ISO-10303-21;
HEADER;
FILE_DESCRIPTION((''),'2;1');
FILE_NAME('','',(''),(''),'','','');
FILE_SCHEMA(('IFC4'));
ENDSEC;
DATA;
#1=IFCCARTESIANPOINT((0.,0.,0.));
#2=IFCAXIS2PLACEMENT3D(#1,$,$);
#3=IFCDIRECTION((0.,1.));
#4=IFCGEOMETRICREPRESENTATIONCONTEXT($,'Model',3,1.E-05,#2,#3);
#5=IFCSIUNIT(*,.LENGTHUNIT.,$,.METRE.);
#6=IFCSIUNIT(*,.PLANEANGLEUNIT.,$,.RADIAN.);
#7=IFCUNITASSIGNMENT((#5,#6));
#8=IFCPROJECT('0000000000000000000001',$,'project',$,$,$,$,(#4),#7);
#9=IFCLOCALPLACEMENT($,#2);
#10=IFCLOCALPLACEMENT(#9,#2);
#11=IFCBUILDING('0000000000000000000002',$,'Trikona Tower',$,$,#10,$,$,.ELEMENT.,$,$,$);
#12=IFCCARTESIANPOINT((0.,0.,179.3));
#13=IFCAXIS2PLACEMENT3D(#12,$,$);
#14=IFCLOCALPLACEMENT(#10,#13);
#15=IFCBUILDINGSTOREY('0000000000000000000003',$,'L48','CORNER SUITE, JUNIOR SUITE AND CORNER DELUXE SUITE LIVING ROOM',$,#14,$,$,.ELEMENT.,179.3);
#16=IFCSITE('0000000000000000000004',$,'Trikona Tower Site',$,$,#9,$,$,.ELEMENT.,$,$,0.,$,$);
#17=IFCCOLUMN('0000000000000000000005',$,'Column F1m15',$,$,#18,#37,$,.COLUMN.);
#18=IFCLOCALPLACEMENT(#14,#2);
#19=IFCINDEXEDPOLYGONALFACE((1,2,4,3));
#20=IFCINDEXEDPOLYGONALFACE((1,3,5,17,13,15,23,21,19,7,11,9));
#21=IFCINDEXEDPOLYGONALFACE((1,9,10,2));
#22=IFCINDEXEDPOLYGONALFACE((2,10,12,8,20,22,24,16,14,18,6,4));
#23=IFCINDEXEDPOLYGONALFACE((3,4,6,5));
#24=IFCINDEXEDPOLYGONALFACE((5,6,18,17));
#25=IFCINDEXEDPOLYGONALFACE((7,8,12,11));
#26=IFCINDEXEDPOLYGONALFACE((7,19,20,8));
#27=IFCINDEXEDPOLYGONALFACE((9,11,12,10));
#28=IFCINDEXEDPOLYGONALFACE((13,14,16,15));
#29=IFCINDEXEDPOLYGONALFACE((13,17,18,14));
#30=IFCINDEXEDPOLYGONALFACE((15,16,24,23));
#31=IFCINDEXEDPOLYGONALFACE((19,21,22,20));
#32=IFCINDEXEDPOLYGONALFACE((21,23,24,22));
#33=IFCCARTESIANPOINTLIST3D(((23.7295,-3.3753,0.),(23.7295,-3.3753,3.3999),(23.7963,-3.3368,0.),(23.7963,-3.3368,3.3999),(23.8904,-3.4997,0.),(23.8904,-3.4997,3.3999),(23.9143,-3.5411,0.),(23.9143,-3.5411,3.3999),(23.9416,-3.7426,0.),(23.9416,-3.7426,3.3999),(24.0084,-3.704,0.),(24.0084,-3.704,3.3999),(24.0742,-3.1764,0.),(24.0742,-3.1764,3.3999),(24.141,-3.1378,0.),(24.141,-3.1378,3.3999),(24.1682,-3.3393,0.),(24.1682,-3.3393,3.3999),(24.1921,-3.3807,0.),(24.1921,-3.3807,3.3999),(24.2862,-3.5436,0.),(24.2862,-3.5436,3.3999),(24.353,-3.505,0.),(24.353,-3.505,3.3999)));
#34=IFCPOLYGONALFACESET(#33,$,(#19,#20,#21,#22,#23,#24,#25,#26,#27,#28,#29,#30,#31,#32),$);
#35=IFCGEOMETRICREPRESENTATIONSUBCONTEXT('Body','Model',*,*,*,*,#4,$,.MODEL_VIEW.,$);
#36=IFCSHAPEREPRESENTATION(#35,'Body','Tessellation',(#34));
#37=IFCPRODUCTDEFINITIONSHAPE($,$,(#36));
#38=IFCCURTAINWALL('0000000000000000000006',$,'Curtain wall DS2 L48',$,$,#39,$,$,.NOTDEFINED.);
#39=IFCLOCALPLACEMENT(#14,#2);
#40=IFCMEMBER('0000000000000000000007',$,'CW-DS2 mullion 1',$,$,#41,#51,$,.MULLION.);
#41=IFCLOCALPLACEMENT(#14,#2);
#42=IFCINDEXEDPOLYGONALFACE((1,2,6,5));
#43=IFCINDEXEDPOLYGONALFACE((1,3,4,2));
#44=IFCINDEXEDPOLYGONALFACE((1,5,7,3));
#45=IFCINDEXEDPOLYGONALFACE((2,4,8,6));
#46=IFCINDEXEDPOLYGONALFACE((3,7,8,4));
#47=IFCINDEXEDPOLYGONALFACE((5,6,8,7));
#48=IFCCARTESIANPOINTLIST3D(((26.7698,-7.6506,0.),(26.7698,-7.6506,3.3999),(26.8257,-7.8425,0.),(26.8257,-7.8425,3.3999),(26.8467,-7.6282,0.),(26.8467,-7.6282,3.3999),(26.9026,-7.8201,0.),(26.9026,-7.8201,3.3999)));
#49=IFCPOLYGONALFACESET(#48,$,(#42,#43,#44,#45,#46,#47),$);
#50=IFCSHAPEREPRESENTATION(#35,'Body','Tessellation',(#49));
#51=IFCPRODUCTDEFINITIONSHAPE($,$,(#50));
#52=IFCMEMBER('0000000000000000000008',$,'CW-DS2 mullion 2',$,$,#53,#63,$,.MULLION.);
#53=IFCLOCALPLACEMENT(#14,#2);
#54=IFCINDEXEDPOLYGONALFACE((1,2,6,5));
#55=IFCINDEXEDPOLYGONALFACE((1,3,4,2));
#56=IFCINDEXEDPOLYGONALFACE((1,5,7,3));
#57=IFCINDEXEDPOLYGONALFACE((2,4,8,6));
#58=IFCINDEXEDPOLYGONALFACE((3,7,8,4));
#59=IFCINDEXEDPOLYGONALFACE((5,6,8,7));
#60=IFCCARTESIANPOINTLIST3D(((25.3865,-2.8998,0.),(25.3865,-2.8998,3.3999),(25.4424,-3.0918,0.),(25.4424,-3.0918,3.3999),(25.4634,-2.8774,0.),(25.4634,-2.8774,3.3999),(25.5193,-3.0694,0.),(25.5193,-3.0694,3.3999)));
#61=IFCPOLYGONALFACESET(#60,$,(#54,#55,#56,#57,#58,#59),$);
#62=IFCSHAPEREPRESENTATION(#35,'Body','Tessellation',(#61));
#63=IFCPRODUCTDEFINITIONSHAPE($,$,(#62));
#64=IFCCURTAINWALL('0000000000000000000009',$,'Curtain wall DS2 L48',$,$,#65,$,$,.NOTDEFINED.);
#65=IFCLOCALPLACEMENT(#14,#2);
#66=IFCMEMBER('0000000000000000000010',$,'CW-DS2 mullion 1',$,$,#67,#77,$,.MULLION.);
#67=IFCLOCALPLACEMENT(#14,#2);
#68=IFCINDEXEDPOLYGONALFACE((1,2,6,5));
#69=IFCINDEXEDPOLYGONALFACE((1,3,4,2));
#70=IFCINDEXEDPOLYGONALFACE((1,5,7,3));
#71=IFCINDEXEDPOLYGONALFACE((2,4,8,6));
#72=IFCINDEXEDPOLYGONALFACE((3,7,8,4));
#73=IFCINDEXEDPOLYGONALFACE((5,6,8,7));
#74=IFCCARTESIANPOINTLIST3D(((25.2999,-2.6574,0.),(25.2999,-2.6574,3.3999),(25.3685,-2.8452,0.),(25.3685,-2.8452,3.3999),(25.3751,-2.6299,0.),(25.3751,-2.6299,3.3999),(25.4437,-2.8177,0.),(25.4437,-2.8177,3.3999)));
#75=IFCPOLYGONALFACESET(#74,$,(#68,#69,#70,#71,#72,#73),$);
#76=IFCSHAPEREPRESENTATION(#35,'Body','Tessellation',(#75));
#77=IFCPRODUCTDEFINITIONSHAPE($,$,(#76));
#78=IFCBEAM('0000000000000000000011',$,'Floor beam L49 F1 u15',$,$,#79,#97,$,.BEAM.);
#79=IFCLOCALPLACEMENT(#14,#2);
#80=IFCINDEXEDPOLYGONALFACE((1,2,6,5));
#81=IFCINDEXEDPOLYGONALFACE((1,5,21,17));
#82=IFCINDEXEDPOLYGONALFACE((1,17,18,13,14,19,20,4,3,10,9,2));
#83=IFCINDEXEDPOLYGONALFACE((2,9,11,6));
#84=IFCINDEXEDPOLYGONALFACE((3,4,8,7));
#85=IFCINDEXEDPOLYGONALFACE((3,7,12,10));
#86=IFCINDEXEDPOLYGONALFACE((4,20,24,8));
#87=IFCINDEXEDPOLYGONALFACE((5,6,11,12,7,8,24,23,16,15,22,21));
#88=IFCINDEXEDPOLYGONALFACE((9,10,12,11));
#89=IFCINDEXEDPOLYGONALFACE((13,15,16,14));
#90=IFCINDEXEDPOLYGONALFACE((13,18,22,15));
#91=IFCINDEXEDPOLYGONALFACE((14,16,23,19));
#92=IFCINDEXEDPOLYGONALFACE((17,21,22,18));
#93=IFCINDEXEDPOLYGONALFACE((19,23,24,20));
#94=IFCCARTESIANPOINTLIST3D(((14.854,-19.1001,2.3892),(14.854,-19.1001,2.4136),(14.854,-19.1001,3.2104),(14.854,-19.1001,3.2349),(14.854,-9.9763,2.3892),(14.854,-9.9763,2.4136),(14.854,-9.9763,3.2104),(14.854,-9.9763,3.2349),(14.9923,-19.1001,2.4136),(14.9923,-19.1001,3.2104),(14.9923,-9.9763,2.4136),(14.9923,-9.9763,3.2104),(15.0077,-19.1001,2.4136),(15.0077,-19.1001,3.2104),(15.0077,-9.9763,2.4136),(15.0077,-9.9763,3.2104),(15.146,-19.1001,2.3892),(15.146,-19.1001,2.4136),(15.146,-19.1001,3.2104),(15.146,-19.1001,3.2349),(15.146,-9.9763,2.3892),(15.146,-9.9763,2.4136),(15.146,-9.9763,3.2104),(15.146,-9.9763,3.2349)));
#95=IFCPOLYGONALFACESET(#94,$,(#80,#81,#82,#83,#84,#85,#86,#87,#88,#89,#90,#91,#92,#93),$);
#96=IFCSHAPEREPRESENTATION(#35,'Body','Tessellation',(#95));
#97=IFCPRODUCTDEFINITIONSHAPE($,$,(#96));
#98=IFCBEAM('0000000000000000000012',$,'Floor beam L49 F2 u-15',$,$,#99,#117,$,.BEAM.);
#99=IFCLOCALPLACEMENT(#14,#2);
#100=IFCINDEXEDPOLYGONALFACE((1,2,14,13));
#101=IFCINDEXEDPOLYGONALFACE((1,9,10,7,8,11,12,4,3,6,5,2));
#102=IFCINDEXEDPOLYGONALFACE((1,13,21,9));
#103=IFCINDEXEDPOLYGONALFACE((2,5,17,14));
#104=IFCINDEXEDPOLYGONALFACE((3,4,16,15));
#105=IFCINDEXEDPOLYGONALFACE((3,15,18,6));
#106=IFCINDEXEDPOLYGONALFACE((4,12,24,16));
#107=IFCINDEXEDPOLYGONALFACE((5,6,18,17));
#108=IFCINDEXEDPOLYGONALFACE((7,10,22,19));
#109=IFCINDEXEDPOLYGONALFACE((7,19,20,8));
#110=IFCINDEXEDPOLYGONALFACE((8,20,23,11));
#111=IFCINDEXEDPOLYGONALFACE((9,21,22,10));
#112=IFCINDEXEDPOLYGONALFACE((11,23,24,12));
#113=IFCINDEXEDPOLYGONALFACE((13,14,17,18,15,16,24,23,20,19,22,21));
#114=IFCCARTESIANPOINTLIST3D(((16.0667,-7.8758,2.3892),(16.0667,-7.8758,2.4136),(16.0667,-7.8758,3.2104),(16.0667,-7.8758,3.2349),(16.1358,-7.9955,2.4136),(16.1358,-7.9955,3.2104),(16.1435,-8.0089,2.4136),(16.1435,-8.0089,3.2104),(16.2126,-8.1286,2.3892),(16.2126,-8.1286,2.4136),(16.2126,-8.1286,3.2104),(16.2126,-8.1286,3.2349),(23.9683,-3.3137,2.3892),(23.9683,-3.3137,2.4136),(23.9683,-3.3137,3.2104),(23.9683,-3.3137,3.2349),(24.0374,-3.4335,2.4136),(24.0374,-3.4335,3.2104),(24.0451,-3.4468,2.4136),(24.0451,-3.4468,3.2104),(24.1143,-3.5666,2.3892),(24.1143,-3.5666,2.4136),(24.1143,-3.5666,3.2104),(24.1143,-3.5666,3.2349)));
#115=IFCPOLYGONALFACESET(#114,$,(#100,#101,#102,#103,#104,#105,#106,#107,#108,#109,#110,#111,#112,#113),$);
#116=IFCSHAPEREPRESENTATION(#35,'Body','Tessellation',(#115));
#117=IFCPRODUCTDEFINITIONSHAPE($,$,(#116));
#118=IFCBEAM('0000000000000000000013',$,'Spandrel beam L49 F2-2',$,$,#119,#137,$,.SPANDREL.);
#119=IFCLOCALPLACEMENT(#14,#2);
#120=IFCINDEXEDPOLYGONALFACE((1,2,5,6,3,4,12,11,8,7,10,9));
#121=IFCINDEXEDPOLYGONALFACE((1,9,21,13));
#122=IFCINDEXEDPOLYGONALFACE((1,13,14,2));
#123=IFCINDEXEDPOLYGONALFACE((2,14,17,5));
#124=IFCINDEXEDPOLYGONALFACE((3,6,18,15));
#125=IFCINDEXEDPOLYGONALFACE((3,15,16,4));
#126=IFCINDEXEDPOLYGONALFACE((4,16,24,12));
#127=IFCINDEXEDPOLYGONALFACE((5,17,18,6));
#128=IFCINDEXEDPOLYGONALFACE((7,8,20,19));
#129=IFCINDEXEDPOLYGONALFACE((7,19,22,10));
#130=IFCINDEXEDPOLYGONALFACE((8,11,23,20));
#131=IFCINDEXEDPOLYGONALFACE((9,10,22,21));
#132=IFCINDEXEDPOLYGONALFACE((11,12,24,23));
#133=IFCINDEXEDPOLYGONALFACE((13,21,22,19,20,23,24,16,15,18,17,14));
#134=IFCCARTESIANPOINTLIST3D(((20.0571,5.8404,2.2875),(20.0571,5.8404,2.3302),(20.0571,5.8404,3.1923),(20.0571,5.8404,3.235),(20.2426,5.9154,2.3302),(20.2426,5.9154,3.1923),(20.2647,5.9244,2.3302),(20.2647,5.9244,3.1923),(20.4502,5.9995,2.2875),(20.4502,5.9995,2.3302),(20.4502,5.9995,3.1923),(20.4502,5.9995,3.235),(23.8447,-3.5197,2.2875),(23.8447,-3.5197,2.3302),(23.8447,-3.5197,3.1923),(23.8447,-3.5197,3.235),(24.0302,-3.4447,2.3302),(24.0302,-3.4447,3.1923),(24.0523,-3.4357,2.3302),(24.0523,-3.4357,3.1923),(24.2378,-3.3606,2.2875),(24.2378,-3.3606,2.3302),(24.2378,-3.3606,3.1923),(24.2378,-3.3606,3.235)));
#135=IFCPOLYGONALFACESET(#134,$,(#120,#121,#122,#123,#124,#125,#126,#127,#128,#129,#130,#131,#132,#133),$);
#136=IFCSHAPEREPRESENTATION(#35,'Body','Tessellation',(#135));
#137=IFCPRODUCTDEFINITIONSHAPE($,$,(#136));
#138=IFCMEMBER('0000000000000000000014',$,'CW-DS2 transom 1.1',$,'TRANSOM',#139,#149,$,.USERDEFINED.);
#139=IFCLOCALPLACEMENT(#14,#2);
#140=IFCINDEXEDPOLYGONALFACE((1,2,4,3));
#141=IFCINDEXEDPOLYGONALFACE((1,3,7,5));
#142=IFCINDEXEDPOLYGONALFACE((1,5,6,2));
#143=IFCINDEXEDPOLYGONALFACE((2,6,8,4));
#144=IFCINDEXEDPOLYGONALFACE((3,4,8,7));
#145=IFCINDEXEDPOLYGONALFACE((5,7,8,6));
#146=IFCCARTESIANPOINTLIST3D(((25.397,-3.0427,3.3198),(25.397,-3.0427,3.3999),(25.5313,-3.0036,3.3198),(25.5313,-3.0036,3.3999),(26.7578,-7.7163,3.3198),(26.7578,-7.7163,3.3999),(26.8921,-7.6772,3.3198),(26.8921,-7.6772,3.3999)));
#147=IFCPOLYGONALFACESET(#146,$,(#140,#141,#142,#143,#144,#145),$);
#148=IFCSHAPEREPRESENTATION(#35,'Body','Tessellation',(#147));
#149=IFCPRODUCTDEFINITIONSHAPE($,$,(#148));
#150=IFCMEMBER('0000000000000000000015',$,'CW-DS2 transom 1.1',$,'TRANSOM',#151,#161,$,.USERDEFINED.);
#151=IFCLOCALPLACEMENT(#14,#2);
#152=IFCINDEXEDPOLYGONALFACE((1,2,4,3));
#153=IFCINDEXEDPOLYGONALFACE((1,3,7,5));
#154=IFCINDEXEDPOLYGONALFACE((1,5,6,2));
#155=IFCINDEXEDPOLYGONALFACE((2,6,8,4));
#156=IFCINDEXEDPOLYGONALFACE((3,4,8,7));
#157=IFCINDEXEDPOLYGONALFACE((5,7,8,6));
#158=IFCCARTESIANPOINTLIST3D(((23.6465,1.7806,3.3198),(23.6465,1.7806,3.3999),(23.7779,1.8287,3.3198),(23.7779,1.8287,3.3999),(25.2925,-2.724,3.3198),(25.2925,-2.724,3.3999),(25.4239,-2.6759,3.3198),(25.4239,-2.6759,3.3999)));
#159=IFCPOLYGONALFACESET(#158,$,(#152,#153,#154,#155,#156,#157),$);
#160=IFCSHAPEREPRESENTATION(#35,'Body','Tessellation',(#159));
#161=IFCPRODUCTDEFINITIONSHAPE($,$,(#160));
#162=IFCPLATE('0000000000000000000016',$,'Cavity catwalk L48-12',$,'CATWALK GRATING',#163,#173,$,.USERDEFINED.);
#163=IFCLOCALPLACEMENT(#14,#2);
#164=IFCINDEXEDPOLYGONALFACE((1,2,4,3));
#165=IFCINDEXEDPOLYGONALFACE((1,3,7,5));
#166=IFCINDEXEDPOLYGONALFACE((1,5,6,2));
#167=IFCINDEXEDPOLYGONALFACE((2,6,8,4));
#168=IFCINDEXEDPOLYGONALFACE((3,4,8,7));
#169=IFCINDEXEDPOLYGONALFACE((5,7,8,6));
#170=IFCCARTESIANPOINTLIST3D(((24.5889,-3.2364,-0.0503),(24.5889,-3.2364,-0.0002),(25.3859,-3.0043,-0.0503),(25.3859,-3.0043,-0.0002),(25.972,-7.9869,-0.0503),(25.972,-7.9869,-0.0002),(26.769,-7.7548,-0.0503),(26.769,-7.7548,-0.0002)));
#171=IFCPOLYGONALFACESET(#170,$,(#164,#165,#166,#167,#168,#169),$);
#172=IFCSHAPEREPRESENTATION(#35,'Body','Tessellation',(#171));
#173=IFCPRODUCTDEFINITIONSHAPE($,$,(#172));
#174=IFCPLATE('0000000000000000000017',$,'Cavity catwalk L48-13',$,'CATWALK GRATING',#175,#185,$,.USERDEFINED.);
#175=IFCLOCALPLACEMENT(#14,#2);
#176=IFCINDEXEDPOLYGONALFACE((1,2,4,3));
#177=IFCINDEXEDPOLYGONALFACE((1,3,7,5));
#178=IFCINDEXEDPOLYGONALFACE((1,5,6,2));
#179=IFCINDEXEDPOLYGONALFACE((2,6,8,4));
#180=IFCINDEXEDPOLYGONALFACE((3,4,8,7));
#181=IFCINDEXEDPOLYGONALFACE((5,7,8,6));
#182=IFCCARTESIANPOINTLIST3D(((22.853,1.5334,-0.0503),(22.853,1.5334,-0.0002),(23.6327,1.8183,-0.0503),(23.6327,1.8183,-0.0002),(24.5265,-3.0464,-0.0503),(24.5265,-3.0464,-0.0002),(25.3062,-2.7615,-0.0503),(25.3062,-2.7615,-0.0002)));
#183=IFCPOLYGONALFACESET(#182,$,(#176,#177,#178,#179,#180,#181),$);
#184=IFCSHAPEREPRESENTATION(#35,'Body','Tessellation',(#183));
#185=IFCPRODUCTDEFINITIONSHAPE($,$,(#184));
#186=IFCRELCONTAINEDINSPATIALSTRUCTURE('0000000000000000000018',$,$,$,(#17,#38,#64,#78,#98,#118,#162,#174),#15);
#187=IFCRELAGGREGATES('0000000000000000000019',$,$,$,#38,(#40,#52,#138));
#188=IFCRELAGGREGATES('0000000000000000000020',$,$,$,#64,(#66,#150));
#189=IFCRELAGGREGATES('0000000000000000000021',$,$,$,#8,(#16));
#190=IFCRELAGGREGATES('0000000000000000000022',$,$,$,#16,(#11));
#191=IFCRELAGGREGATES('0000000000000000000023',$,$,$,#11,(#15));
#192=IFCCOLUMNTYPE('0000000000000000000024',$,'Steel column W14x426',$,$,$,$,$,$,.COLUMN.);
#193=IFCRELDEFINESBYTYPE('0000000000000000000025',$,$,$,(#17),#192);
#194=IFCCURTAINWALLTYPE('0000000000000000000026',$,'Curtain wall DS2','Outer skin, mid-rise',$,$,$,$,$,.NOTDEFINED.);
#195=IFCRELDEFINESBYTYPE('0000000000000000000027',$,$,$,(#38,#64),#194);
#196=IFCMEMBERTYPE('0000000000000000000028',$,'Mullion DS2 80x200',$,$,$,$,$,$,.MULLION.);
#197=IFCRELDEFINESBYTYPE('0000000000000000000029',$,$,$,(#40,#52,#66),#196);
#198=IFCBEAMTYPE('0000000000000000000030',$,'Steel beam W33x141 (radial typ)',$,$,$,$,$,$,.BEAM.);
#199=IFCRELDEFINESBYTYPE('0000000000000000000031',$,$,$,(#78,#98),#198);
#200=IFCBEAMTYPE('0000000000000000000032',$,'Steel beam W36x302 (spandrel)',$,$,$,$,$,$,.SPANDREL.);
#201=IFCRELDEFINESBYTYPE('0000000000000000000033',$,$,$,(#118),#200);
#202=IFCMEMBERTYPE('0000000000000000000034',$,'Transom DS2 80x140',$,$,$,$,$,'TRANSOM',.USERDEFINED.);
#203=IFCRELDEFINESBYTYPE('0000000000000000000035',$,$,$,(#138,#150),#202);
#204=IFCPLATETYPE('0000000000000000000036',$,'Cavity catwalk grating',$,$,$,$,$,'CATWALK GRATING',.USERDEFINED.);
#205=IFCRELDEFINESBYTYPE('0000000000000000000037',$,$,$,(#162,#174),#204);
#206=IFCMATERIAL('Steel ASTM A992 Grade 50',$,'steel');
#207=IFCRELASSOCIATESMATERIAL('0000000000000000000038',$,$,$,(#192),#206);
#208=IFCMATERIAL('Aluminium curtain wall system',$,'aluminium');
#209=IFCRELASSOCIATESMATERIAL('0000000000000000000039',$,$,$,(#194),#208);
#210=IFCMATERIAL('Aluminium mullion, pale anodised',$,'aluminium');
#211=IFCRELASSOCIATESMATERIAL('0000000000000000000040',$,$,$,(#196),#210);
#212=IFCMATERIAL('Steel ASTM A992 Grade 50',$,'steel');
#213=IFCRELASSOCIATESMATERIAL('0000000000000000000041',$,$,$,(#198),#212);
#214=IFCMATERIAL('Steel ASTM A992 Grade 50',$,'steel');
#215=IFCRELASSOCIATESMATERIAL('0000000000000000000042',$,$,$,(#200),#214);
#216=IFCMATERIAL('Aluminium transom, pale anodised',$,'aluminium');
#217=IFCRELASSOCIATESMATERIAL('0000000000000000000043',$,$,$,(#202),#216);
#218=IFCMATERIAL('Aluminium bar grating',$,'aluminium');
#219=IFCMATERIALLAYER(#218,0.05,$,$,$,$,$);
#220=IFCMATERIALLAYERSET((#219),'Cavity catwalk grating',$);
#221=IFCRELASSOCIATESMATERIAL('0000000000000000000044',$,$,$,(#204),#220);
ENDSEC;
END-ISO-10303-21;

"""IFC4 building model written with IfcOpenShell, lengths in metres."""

from ifc_helpers import new_model, si_unit, direction, frame, origin, origin_2d, place, context, subcontext, project, spatial, rectangle, i_section, extrude, material, layer, layer_set, material_profile, profile_set, type_object, element, aggregate, save


model = new_model("IFC4")

# Units and contexts
model_context = context("Model", 3, precision=1e-05, world=origin(), true_north=direction((0.0, 1.0)))
body_context = subcontext(model_context, "Body", "Model", "MODEL_VIEW")
ifc_project = project(units=[si_unit("LENGTHUNIT", "METRE"), si_unit("PLANEANGLEUNIT", "RADIAN")], contexts=[model_context])

# Site, building, storey
site_placement = place(None, origin())
site = spatial("IfcSite", under=ifc_project, at=site_placement, Name="Trikona Tower Site", CompositionType="ELEMENT", RefElevation=0.0)
building_placement = place(site_placement, origin())
building = spatial("IfcBuilding", under=site, at=building_placement, Name="Trikona Tower", CompositionType="ELEMENT")
storey_placement = place(building_placement, frame((0.0, 0.0, 179.3)))
storey = spatial("IfcBuildingStorey", under=building, at=storey_placement, Name="L48", Description="CORNER SUITE, JUNIOR SUITE AND CORNER DELUXE SUITE LIVING ROOM", CompositionType="ELEMENT", Elevation=179.3)

# Column
ifc_material_1 = material(Name="Steel ASTM A992 Grade 50", Category="steel")
ifc_material_profile_1 = material_profile(ifc_material_1, i_section(OverallWidth=0.4241, OverallDepth=0.4751, WebThickness=0.0479, FlangeThickness=0.0771, at=origin_2d()), Name="W14X426")
ifc_profile_set_1 = profile_set([ifc_material_profile_1], Name="Steel ASTM A992 Grade 50")
column_type = type_object("IfcColumnType", Name="Steel column W14x426", PredefinedType="COLUMN", material=ifc_profile_set_1)
column_placement = place(storey_placement, frame((24.0413, -3.4402, 0.0), z_axis=(0.0, 0.0, 1.0), x_axis=(-0.5, 0.866025, 0.0)))
element("IfcColumn", 1, at=column_placement, inside=storey, type_object=column_type, Name="Column F1m15", PredefinedType="COLUMN", context=body_context, shape_type="SweptSolid", body=[
    extrude(i_section(OverallWidth=0.4241, OverallDepth=0.4751, WebThickness=0.0479, FlangeThickness=0.0771, at=origin_2d()), origin(), (0.0, 0.0, 1.0), 3.3999),
])

# Curtain wall, members
ifc_material_2 = material(Name="Aluminium curtain wall system", Category="aluminium")
curtain_wall_type = type_object("IfcCurtainWallType", Name="Curtain wall DS2", Description="Outer skin, mid-rise", PredefinedType="NOTDEFINED", material=ifc_material_2)
curtain_wall_1_placement = place(storey_placement, origin())
curtain_wall_1 = element("IfcCurtainWall", 2, at=curtain_wall_1_placement, inside=storey, type_object=curtain_wall_type, Name="Curtain wall DS2 L48", PredefinedType="NOTDEFINED")
ifc_material_3 = material(Name="Aluminium mullion, pale anodised", Category="aluminium")
ifc_material_profile_2 = material_profile(ifc_material_3, rectangle(XDim=0.0801, YDim=0.2, at=origin_2d()), Name="MUL-DS2")
ifc_profile_set_2 = profile_set([ifc_material_profile_2], Name="Aluminium mullion, pale anodised")
member_type_1 = type_object("IfcMemberType", Name="Mullion DS2 80x200", PredefinedType="MULLION", material=ifc_profile_set_2)
member_1_placement = place(storey_placement, frame((26.8362, -7.7354, 0.0), z_axis=(0.0, 0.0, 1.0), x_axis=(-0.960133, -0.279543, 0.0)))
member_1 = element("IfcMember", 3, at=member_1_placement, type_object=member_type_1, Name="CW-DS2 mullion 1", PredefinedType="MULLION", context=body_context, shape_type="SweptSolid", body=[
    extrude(rectangle(XDim=0.0801, YDim=0.2, at=origin_2d()), origin(), (0.0, 0.0, 1.0), 3.3999),
])
member_2_placement = place(storey_placement, frame((25.4529, -2.9846, 0.0), z_axis=(0.0, 0.0, 1.0), x_axis=(-0.960133, -0.279543, 0.0)))
member_2 = element("IfcMember", 4, at=member_2_placement, type_object=member_type_1, Name="CW-DS2 mullion 2", PredefinedType="MULLION", context=body_context, shape_type="SweptSolid", body=[
    extrude(rectangle(XDim=0.0801, YDim=0.2, at=origin_2d()), origin(), (0.0, 0.0, 1.0), 3.3999),
])

# Curtain wall, member
curtain_wall_2_placement = place(storey_placement, origin())
curtain_wall_2 = element("IfcCurtainWall", 5, at=curtain_wall_2_placement, inside=storey, type_object=curtain_wall_type, Name="Curtain wall DS2 L48", PredefinedType="NOTDEFINED")
member_3_placement = place(storey_placement, frame((25.3718, -2.7375, 0.0), z_axis=(0.0, 0.0, 1.0), x_axis=(-0.939254, -0.343223, 0.0)))
member_3 = element("IfcMember", 6, at=member_3_placement, type_object=member_type_1, Name="CW-DS2 mullion 1", PredefinedType="MULLION", context=body_context, shape_type="SweptSolid", body=[
    extrude(rectangle(XDim=0.0801, YDim=0.2, at=origin_2d()), origin(), (0.0, 0.0, 1.0), 3.3999),
])

# Beams
ifc_material_4 = material(Name="Steel ASTM A992 Grade 50", Category="steel")
ifc_material_profile_3 = material_profile(ifc_material_4, i_section(OverallWidth=0.292, OverallDepth=0.8457, WebThickness=0.0154, FlangeThickness=0.0244, at=origin_2d()), Name="W33X141")
ifc_profile_set_3 = profile_set([ifc_material_profile_3], Name="Steel ASTM A992 Grade 50")
beam_type_1 = type_object("IfcBeamType", Name="Steel beam W33x141 (radial typ)", PredefinedType="BEAM", material=ifc_profile_set_3)
beam_1_placement = place(storey_placement, frame((15.0, -9.9763, 2.812), z_axis=(0.0, -1.0, 0.0), x_axis=(1.0, 0.0, 0.0)))
element("IfcBeam", 7, at=beam_1_placement, inside=storey, type_object=beam_type_1, Name="Floor beam L49 F1 u15", PredefinedType="BEAM", context=body_context, shape_type="SweptSolid", body=[
    extrude(i_section(OverallWidth=0.292, OverallDepth=0.8457, WebThickness=0.0154, FlangeThickness=0.0244, at=origin_2d()), origin(), (0.0, 0.0, 1.0), 9.1238),
])
beam_2_placement = place(storey_placement, frame((16.1396, -8.0022, 2.812), z_axis=(0.866025, 0.500001, 0.0), x_axis=(-0.500001, 0.866025, 0.0)))
element("IfcBeam", 8, at=beam_2_placement, inside=storey, type_object=beam_type_1, Name="Floor beam L49 F2 u-15", PredefinedType="BEAM", context=body_context, shape_type="SweptSolid", body=[
    extrude(i_section(OverallWidth=0.292, OverallDepth=0.8457, WebThickness=0.0154, FlangeThickness=0.0244, at=origin_2d()), origin(), (0.0, 0.0, 1.0), 9.124),
])
ifc_material_5 = material(Name="Steel ASTM A992 Grade 50", Category="steel")
ifc_material_profile_4 = material_profile(ifc_material_5, i_section(OverallWidth=0.4241, OverallDepth=0.9475, WebThickness=0.0239, FlangeThickness=0.0427, at=origin_2d()), Name="W36X302")
ifc_profile_set_4 = profile_set([ifc_material_profile_4], Name="Steel ASTM A992 Grade 50")
beam_type_2 = type_object("IfcBeamType", Name="Steel beam W36x302 (spandrel)", PredefinedType="SPANDREL", material=ifc_profile_set_4)
beam_3_placement = place(storey_placement, frame((24.0413, -3.4402, 2.7612), z_axis=(-0.375106, 0.926982, 0.0), x_axis=(-0.926982, -0.375106, 0.0)))
element("IfcBeam", 9, at=beam_3_placement, inside=storey, type_object=beam_type_2, Name="Spandrel beam L49 F2-2", PredefinedType="SPANDREL", context=body_context, shape_type="SweptSolid", body=[
    extrude(i_section(OverallWidth=0.4241, OverallDepth=0.9475, WebThickness=0.0239, FlangeThickness=0.0427, at=origin_2d()), origin(), (0.0, 0.0, 1.0), 10.0974),
])

# Members
ifc_material_6 = material(Name="Aluminium transom, pale anodised", Category="aluminium")
ifc_material_profile_5 = material_profile(ifc_material_6, rectangle(XDim=0.1399, YDim=0.0801, at=origin_2d()), Name="TRN-DS2")
ifc_profile_set_5 = profile_set([ifc_material_profile_5], Name="Aluminium transom, pale anodised")
member_type_2 = type_object("IfcMemberType", Name="Transom DS2 80x140", ElementType="TRANSOM", PredefinedType="USERDEFINED", material=ifc_profile_set_5)
member_4_placement = place(storey_placement, frame((26.825, -7.6968, 3.3599), z_axis=(-0.279567, 0.960126, 0.0), x_axis=(-0.960126, -0.279567, 0.0)))
member_4 = element("IfcMember", 10, at=member_4_placement, type_object=member_type_2, Name="CW-DS2 transom 1.1", ObjectType="TRANSOM", PredefinedType="USERDEFINED", context=body_context, shape_type="SweptSolid", body=[
    extrude(rectangle(XDim=0.1399, YDim=0.0801, at=origin_2d()), origin(), (0.0, 0.0, 1.0), 4.8677),
])
member_5_placement = place(storey_placement, frame((25.3582, -2.7, 3.3599), z_axis=(-0.343206, 0.93926, 0.0), x_axis=(-0.93926, -0.343206, 0.0)))
member_5 = element("IfcMember", 11, at=member_5_placement, type_object=member_type_2, Name="CW-DS2 transom 1.1", ObjectType="TRANSOM", PredefinedType="USERDEFINED", context=body_context, shape_type="SweptSolid", body=[
    extrude(rectangle(XDim=0.1399, YDim=0.0801, at=origin_2d()), origin(), (0.0, 0.0, 1.0), 4.7959),
])

# Plates
ifc_material_7 = material(Name="Aluminium bar grating", Category="aluminium")
ifc_layer_1 = layer(ifc_material_7, 0.05)
ifc_layer_set_1 = layer_set([ifc_layer_1], Name="Cavity catwalk grating")
plate_type_1 = type_object("IfcPlateType", Name="Cavity catwalk grating", ElementType="CATWALK GRATING", PredefinedType="USERDEFINED", material=ifc_layer_set_1)
plate_1_placement = place(storey_placement, frame((25.679, -5.4956, -0.0503), z_axis=(0.0, 0.0, 1.0), x_axis=(-0.279554, 0.96013, 0.0)))
element("IfcPlate", 12, at=plate_1_placement, inside=storey, type_object=plate_type_1, Name="Cavity catwalk L48-12", ObjectType="CATWALK GRATING", PredefinedType="USERDEFINED", context=body_context, shape_type="SweptSolid", body=[
    extrude(rectangle(XDim=4.9478, YDim=0.8301, at=origin_2d()), origin(), (0.0, 0.0, 1.0), 0.05),
])
plate_2_placement = place(storey_placement, frame((24.0796, -0.614, -0.0503), z_axis=(0.0, 0.0, 1.0), x_axis=(-0.34322, 0.939255, 0.0)))
element("IfcPlate", 13, at=plate_2_placement, inside=storey, type_object=plate_type_1, Name="Cavity catwalk L48-13", ObjectType="CATWALK GRATING", PredefinedType="USERDEFINED", context=body_context, shape_type="SweptSolid", body=[
    extrude(rectangle(XDim=4.876, YDim=0.8301, at=origin_2d()), origin(), (0.0, 0.0, 1.0), 0.05),
])

aggregate(curtain_wall_1, [member_1, member_2, member_4])
aggregate(curtain_wall_2, [member_3, member_5])

save(model, "model.ifc")
